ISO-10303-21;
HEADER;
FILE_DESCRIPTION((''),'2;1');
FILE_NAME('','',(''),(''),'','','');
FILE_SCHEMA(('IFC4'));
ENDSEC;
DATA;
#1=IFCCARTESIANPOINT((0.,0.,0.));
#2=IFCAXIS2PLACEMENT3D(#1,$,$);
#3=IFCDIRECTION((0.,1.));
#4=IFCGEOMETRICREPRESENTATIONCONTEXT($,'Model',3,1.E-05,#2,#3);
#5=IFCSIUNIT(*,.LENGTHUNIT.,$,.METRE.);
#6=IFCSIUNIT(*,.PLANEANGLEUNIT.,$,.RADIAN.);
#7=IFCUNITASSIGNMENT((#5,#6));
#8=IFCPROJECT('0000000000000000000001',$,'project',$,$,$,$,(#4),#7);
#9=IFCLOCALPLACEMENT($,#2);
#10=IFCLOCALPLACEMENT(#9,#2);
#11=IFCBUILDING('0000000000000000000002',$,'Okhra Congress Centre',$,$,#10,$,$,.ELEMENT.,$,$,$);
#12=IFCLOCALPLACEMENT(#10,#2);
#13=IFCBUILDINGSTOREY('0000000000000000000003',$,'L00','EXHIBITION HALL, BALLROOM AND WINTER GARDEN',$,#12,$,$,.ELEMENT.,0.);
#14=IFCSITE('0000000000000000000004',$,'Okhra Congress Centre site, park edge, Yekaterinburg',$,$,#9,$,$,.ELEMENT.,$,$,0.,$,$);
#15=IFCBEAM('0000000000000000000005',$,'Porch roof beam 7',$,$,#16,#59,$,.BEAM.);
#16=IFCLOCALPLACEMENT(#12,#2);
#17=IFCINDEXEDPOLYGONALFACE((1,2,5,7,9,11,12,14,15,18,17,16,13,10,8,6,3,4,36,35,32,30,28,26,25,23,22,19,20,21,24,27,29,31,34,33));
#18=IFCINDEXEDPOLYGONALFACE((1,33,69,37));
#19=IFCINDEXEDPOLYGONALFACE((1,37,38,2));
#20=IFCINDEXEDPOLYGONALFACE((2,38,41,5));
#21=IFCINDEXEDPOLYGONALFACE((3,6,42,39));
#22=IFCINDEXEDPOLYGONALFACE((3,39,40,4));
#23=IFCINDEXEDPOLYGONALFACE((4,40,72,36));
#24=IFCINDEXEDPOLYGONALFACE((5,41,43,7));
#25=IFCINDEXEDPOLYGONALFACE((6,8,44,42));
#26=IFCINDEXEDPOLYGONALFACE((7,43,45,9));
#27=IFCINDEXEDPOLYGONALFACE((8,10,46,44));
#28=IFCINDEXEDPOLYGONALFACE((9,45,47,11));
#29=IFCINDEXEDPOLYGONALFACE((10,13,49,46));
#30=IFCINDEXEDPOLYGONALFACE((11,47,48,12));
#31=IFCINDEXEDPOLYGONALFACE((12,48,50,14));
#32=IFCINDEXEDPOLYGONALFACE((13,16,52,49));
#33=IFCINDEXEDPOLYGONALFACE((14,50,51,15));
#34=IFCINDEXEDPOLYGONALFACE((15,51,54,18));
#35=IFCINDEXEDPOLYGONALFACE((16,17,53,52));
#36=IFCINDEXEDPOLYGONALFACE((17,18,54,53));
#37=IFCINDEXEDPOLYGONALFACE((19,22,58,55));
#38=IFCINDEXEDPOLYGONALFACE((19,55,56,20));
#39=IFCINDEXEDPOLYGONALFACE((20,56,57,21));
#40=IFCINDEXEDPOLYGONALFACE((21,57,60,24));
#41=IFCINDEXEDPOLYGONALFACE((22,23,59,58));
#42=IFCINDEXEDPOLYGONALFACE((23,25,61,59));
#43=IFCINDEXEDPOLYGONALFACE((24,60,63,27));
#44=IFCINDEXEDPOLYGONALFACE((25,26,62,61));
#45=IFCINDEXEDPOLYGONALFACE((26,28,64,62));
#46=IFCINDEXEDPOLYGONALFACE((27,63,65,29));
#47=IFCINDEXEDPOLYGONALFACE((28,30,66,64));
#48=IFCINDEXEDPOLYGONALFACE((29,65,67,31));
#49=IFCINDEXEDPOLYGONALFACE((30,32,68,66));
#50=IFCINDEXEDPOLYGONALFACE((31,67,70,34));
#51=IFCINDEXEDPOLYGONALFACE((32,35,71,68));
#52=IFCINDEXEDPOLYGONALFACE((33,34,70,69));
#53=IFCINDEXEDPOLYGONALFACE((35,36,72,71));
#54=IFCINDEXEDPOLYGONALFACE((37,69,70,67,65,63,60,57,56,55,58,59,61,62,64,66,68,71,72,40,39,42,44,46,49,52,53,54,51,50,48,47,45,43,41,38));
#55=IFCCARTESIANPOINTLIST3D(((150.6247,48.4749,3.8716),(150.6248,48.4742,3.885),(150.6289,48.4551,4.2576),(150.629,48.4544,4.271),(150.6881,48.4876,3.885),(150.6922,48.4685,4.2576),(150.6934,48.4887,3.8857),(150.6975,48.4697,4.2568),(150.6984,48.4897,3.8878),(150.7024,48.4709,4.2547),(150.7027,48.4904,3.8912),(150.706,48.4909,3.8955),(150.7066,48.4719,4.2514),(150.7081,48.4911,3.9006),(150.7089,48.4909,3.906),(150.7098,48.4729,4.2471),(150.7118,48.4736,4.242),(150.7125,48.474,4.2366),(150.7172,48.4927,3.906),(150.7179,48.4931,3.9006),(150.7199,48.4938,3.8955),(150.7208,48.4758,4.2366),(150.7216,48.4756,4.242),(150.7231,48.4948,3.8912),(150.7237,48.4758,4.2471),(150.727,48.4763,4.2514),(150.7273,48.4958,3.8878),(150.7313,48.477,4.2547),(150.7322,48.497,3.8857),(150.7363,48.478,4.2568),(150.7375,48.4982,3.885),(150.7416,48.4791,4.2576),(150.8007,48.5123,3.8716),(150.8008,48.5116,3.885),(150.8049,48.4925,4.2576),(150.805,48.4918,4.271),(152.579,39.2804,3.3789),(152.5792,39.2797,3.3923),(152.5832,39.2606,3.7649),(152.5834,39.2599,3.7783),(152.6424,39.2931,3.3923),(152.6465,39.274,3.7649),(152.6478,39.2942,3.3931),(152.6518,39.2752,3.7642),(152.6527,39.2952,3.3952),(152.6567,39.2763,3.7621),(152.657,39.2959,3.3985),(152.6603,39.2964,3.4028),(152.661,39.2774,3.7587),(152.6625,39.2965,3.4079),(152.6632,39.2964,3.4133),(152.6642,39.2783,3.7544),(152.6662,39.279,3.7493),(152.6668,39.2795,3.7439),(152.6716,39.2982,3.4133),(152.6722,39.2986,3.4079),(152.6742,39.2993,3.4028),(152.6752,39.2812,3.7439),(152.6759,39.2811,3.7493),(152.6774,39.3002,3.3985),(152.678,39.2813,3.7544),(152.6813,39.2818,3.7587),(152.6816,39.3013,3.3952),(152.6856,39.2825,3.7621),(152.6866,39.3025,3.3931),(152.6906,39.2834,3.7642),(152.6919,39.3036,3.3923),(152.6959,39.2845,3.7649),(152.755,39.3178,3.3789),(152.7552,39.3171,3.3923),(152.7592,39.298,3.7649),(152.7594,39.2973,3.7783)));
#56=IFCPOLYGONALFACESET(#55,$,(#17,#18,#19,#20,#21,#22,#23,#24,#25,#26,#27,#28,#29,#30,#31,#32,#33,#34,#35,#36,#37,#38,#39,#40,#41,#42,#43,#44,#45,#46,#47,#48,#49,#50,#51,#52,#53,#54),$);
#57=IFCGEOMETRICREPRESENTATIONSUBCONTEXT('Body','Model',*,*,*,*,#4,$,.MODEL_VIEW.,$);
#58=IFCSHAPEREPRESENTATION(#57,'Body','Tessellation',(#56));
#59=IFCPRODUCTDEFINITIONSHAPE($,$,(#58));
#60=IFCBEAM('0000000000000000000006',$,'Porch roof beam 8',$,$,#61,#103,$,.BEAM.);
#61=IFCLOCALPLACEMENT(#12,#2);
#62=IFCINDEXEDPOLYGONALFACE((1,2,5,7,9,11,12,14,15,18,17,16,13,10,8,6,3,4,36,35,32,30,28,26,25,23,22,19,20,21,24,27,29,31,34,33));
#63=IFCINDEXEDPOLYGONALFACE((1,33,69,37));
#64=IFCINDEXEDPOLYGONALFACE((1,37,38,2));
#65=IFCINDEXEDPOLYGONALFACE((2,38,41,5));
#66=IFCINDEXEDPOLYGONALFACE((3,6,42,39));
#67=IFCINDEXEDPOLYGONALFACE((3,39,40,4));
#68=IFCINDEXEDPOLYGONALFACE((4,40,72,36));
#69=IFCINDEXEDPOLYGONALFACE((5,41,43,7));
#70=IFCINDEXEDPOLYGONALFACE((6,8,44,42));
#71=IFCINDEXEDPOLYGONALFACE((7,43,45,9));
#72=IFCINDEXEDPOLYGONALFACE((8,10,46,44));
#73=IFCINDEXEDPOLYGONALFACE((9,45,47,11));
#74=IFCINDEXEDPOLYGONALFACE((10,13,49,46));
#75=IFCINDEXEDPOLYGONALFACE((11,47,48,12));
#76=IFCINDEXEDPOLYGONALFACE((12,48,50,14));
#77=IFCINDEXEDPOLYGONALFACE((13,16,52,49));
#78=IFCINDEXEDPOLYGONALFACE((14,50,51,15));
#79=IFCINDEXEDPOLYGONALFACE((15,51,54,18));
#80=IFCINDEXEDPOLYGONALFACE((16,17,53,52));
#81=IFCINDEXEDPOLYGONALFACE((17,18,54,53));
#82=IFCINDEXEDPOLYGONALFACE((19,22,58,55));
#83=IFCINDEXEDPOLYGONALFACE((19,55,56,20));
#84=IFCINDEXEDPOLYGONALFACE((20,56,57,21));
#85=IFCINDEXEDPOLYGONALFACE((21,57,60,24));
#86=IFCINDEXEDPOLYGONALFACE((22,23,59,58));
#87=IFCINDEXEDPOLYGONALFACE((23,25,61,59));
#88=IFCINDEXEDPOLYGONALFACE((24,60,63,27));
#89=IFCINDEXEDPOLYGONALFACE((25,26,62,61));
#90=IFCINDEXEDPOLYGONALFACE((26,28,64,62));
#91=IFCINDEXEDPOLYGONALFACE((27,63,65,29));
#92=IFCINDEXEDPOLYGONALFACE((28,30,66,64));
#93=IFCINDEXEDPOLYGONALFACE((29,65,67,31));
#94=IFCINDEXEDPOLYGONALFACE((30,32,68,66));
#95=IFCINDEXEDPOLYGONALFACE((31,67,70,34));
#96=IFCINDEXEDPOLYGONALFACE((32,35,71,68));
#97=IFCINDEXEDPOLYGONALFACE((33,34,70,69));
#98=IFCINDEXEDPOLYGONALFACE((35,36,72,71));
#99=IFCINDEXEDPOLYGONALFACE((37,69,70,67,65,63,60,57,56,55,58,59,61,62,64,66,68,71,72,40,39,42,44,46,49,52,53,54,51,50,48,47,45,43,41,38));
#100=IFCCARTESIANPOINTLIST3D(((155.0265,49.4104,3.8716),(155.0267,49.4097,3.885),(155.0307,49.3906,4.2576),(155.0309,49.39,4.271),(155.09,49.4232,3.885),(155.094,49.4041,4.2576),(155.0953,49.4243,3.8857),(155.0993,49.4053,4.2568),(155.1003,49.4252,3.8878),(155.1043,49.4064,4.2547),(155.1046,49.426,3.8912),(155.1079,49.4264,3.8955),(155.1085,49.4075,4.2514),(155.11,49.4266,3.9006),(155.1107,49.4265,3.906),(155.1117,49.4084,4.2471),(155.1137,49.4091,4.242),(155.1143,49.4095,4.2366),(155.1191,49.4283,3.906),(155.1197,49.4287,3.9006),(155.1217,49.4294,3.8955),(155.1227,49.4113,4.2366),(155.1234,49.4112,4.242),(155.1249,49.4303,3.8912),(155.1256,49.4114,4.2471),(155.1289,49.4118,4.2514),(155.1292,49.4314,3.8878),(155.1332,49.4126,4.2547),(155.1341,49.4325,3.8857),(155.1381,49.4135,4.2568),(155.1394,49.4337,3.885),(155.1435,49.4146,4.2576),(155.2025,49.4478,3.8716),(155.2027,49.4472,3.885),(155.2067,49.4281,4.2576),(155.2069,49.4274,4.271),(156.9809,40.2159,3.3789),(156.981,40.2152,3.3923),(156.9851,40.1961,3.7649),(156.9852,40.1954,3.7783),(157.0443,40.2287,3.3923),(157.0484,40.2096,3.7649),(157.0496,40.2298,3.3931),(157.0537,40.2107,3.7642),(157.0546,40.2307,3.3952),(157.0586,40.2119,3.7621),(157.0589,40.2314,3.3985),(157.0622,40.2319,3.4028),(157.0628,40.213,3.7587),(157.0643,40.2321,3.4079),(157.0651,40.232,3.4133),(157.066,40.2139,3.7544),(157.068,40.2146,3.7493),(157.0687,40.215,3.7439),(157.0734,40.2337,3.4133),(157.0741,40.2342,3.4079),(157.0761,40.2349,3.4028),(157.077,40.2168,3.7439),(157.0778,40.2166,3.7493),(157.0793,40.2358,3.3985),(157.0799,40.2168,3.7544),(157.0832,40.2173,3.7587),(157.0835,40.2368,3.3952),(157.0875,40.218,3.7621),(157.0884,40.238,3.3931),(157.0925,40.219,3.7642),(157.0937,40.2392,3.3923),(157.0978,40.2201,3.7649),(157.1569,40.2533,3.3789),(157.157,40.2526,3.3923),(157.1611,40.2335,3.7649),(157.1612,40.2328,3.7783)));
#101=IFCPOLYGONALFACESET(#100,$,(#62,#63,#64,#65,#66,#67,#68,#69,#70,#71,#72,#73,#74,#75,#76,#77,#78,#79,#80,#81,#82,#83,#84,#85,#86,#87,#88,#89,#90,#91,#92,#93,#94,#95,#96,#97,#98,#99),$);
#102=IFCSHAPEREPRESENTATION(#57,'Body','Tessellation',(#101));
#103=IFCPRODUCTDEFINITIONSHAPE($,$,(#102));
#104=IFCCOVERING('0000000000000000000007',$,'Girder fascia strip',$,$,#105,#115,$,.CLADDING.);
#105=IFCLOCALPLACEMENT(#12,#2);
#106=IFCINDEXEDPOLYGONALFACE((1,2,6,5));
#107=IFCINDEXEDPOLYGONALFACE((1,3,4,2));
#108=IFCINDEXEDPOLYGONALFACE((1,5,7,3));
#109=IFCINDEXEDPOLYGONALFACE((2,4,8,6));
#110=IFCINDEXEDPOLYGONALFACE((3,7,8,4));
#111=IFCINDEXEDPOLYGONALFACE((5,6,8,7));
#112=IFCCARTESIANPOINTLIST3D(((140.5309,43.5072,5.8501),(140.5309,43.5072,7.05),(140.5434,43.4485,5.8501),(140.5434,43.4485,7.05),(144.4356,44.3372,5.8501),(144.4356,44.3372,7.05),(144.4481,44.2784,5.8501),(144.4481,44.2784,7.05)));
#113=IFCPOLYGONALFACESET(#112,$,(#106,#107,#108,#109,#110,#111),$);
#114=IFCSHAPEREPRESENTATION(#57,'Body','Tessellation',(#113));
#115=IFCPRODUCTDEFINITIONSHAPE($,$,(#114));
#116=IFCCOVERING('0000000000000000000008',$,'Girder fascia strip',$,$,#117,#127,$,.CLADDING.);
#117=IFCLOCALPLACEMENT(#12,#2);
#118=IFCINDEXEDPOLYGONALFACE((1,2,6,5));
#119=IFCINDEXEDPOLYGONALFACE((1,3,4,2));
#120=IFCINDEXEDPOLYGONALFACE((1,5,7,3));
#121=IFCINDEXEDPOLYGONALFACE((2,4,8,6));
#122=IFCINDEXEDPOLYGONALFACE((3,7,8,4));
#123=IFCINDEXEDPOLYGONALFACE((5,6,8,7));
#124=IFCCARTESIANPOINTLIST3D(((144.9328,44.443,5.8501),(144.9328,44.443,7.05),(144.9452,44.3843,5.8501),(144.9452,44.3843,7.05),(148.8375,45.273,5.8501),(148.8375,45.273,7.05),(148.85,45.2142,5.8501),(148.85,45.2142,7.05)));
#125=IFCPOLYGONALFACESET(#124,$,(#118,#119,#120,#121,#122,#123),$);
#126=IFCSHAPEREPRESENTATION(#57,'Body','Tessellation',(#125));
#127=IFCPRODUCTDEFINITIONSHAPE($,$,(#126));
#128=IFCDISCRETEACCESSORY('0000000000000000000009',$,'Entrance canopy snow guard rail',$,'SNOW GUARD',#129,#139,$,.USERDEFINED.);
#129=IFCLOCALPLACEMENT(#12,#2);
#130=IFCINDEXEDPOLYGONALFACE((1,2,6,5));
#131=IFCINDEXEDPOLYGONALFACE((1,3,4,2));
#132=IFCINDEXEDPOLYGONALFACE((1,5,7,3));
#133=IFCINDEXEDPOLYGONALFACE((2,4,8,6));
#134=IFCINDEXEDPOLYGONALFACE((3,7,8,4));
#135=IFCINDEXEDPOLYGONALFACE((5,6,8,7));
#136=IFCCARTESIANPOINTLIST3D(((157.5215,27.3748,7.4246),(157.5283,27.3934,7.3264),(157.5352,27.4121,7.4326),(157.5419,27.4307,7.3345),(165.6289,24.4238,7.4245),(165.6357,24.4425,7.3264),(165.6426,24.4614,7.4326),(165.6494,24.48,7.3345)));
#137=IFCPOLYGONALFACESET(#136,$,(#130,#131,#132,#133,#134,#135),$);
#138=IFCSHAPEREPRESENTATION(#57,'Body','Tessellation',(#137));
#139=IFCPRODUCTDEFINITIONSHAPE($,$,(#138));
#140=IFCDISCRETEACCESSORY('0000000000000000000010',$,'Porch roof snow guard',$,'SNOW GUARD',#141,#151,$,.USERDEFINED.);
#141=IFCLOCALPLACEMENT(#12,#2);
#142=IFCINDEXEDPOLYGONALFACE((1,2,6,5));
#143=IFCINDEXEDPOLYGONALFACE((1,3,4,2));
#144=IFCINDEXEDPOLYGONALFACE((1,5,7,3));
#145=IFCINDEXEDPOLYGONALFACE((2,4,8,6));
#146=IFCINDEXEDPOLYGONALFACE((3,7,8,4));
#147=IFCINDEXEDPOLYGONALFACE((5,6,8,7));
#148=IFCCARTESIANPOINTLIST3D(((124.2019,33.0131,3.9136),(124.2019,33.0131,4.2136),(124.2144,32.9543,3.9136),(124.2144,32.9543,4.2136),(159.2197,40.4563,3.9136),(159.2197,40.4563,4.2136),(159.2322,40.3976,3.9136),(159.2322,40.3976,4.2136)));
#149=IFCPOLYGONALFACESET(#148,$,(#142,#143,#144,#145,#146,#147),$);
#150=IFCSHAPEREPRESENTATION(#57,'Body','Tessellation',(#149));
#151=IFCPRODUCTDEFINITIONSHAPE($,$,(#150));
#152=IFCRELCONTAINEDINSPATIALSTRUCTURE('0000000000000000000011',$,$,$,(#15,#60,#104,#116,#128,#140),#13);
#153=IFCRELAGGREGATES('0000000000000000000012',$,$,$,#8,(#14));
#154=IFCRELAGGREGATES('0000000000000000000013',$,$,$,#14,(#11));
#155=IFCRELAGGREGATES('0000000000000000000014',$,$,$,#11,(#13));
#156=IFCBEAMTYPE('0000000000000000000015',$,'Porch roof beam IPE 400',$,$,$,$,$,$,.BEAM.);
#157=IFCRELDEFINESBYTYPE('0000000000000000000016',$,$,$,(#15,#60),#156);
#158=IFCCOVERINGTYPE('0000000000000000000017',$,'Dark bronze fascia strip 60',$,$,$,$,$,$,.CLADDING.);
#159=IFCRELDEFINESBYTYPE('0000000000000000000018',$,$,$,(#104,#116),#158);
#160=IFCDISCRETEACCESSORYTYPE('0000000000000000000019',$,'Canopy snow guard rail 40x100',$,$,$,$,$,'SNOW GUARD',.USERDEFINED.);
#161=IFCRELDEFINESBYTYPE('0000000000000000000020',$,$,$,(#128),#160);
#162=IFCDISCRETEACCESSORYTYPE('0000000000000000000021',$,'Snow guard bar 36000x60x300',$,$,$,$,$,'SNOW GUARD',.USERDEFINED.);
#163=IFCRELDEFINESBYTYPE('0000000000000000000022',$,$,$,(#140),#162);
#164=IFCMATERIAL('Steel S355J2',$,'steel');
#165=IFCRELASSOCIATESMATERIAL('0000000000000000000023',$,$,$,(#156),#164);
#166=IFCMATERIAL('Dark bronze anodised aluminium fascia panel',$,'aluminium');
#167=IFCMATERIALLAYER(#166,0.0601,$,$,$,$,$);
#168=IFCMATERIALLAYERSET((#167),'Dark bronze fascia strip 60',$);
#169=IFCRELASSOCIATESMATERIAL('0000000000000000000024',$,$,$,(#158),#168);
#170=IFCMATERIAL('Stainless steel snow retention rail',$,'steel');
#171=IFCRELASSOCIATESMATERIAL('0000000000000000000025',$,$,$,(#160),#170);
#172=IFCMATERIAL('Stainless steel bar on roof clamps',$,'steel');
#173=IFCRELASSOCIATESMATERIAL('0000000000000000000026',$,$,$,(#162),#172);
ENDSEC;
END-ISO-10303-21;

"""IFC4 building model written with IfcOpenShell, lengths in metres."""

from ifc_helpers import new_model, si_unit, direction, frame, origin, origin_2d, place, context, subcontext, project, spatial, polyline, rectangle, i_section, outline, extrude, material, layer, layer_set, material_profile, profile_set, type_object, element, save


model = new_model("IFC4")

# Units and contexts
model_context = context("Model", 3, precision=1e-05, world=origin(), true_north=direction((0.0, 1.0)))
body_context = subcontext(model_context, "Body", "Model", "MODEL_VIEW")
ifc_project = project(units=[si_unit("LENGTHUNIT", "METRE"), si_unit("PLANEANGLEUNIT", "RADIAN")], contexts=[model_context])

# Site, building, storey
site_placement = place(None, origin())
site = spatial("IfcSite", under=ifc_project, at=site_placement, Name="Okhra Congress Centre site, park edge, Yekaterinburg", CompositionType="ELEMENT", RefElevation=0.0)
building_placement = place(site_placement, origin())
building = spatial("IfcBuilding", under=site, at=building_placement, Name="Okhra Congress Centre", CompositionType="ELEMENT")
storey_placement = place(building_placement, origin())
storey = spatial("IfcBuildingStorey", under=building, at=storey_placement, Name="L00", Description="EXHIBITION HALL, BALLROOM AND WINTER GARDEN", CompositionType="ELEMENT", Elevation=0.0)

# Beams
ifc_material_1 = material(Name="Steel S355J2", Category="steel")
ifc_material_profile_1 = material_profile(ifc_material_1, i_section(OverallWidth=0.1799, OverallDepth=0.3999, WebThickness=0.0085, FlangeThickness=0.0134, FilletRadius=0.021, at=origin_2d()), Name="IPE 400")
ifc_profile_set_1 = profile_set([ifc_material_profile_1], Name="Steel S355J2")
beam_type_1 = type_object("IfcBeamType", Name="Porch roof beam IPE 400", PredefinedType="BEAM", material=ifc_profile_set_1)
for number, where, z_axis, x_axis, name in (
    (1, (152.6692, 39.2888, 3.5786), (-0.207624, 0.976807, 0.052341), (-0.978148, -0.207909, 0.0), "Porch roof beam 7"),
    (2, (157.071, 40.2244, 3.5786), (-0.207624, 0.976807, 0.052341), (-0.978148, -0.207909, 0.0), "Porch roof beam 8"),
):
    element("IfcBeam", number, at=place(storey_placement, frame(where, z_axis=z_axis, x_axis=x_axis)), inside=storey, type_object=beam_type_1, Name=name, PredefinedType="BEAM", context=body_context, shape_type="SweptSolid", body=[
        extrude(i_section(OverallWidth=0.1799, OverallDepth=0.3999, WebThickness=0.0085, FlangeThickness=0.0134, FilletRadius=0.021, at=origin_2d()), origin(), (0.0, 0.0, 1.0), 9.4128),
    ])

# Coverings
ifc_material_2 = material(Name="Dark bronze anodised aluminium fascia panel", Category="aluminium")
ifc_layer = layer(ifc_material_2, 0.0601)
ifc_layer_set = layer_set([ifc_layer], Name="Dark bronze fascia strip 60")
covering_type = type_object("IfcCoveringType", Name="Dark bronze fascia strip 60", PredefinedType="CLADDING", material=ifc_layer_set)
for number, where, z_axis, x_axis, name in (
    (3, (142.4895, 43.8928, 5.8501), (0.0, 0.0, 1.0), (0.978148, 0.207912, 0.0), "Girder fascia strip"),
    (4, (146.8914, 44.8286, 5.8501), (0.0, 0.0, 1.0), (0.978148, 0.207912, 0.0), "Girder fascia strip"),
):
    element("IfcCovering", number, at=place(storey_placement, frame(where, z_axis=z_axis, x_axis=x_axis)), inside=storey, type_object=covering_type, Name=name, PredefinedType="CLADDING", context=body_context, shape_type="SweptSolid", body=[
        extrude(rectangle(XDim=3.9919, YDim=0.0601, at=origin_2d()), origin(), (0.0, 0.0, 1.0), 1.2),
    ])

# Discrete accessories
ifc_material_3 = material(Name="Stainless steel snow retention rail", Category="steel")
discrete_accessory_type_1 = type_object("IfcDiscreteAccessoryType", Name="Canopy snow guard rail 40x100", ElementType="SNOW GUARD", PredefinedType="USERDEFINED", material=ifc_material_3)
discrete_accessory_1_placement = place(storey_placement, frame((157.5215, 27.3748, 7.4246), z_axis=(-0.067707, -0.186028, 0.980209), x_axis=(0.93969, -0.342027, -0.000003)))
element("IfcDiscreteAccessory", 5, at=discrete_accessory_1_placement, inside=storey, type_object=discrete_accessory_type_1, Name="Entrance canopy snow guard rail", ObjectType="SNOW GUARD", PredefinedType="USERDEFINED", context=body_context, shape_type="SweptSolid", body=[
    extrude(outline(polyline([(0.0, 0.0), (8.6278, 0.0), (8.6277, 0.0408), (0.0001, 0.0406), (0.0, 0.0)])), origin(), (0.0, 0.0, -1.0), 0.1001),
])
ifc_material_4 = material(Name="Stainless steel bar on roof clamps", Category="steel")
ifc_material_profile_2 = material_profile(ifc_material_4, rectangle(XDim=0.0601, YDim=0.3, at=origin_2d()), Name="Snow guard bar 36000x60x300")
ifc_profile_set_2 = profile_set([ifc_material_profile_2], Name="Stainless steel bar on roof clamps")
discrete_accessory_type_2 = type_object("IfcDiscreteAccessoryType", Name="Snow guard bar 36000x60x300", ElementType="SNOW GUARD", PredefinedType="USERDEFINED", material=ifc_profile_set_2)
discrete_accessory_2_placement = place(storey_placement, frame((141.717, 36.7053, 3.9136), z_axis=(0.0, 0.0, 1.0), x_axis=(0.978148, 0.207912, 0.0)))
element("IfcDiscreteAccessory", 6, at=discrete_accessory_2_placement, inside=storey, type_object=discrete_accessory_type_2, Name="Porch roof snow guard", ObjectType="SNOW GUARD", PredefinedType="USERDEFINED", context=body_context, shape_type="SweptSolid", body=[
    extrude(rectangle(XDim=35.8, YDim=0.0601, at=origin_2d()), origin(), (0.0, 0.0, 1.0), 0.3),
])

save(model, "model.ifc")
